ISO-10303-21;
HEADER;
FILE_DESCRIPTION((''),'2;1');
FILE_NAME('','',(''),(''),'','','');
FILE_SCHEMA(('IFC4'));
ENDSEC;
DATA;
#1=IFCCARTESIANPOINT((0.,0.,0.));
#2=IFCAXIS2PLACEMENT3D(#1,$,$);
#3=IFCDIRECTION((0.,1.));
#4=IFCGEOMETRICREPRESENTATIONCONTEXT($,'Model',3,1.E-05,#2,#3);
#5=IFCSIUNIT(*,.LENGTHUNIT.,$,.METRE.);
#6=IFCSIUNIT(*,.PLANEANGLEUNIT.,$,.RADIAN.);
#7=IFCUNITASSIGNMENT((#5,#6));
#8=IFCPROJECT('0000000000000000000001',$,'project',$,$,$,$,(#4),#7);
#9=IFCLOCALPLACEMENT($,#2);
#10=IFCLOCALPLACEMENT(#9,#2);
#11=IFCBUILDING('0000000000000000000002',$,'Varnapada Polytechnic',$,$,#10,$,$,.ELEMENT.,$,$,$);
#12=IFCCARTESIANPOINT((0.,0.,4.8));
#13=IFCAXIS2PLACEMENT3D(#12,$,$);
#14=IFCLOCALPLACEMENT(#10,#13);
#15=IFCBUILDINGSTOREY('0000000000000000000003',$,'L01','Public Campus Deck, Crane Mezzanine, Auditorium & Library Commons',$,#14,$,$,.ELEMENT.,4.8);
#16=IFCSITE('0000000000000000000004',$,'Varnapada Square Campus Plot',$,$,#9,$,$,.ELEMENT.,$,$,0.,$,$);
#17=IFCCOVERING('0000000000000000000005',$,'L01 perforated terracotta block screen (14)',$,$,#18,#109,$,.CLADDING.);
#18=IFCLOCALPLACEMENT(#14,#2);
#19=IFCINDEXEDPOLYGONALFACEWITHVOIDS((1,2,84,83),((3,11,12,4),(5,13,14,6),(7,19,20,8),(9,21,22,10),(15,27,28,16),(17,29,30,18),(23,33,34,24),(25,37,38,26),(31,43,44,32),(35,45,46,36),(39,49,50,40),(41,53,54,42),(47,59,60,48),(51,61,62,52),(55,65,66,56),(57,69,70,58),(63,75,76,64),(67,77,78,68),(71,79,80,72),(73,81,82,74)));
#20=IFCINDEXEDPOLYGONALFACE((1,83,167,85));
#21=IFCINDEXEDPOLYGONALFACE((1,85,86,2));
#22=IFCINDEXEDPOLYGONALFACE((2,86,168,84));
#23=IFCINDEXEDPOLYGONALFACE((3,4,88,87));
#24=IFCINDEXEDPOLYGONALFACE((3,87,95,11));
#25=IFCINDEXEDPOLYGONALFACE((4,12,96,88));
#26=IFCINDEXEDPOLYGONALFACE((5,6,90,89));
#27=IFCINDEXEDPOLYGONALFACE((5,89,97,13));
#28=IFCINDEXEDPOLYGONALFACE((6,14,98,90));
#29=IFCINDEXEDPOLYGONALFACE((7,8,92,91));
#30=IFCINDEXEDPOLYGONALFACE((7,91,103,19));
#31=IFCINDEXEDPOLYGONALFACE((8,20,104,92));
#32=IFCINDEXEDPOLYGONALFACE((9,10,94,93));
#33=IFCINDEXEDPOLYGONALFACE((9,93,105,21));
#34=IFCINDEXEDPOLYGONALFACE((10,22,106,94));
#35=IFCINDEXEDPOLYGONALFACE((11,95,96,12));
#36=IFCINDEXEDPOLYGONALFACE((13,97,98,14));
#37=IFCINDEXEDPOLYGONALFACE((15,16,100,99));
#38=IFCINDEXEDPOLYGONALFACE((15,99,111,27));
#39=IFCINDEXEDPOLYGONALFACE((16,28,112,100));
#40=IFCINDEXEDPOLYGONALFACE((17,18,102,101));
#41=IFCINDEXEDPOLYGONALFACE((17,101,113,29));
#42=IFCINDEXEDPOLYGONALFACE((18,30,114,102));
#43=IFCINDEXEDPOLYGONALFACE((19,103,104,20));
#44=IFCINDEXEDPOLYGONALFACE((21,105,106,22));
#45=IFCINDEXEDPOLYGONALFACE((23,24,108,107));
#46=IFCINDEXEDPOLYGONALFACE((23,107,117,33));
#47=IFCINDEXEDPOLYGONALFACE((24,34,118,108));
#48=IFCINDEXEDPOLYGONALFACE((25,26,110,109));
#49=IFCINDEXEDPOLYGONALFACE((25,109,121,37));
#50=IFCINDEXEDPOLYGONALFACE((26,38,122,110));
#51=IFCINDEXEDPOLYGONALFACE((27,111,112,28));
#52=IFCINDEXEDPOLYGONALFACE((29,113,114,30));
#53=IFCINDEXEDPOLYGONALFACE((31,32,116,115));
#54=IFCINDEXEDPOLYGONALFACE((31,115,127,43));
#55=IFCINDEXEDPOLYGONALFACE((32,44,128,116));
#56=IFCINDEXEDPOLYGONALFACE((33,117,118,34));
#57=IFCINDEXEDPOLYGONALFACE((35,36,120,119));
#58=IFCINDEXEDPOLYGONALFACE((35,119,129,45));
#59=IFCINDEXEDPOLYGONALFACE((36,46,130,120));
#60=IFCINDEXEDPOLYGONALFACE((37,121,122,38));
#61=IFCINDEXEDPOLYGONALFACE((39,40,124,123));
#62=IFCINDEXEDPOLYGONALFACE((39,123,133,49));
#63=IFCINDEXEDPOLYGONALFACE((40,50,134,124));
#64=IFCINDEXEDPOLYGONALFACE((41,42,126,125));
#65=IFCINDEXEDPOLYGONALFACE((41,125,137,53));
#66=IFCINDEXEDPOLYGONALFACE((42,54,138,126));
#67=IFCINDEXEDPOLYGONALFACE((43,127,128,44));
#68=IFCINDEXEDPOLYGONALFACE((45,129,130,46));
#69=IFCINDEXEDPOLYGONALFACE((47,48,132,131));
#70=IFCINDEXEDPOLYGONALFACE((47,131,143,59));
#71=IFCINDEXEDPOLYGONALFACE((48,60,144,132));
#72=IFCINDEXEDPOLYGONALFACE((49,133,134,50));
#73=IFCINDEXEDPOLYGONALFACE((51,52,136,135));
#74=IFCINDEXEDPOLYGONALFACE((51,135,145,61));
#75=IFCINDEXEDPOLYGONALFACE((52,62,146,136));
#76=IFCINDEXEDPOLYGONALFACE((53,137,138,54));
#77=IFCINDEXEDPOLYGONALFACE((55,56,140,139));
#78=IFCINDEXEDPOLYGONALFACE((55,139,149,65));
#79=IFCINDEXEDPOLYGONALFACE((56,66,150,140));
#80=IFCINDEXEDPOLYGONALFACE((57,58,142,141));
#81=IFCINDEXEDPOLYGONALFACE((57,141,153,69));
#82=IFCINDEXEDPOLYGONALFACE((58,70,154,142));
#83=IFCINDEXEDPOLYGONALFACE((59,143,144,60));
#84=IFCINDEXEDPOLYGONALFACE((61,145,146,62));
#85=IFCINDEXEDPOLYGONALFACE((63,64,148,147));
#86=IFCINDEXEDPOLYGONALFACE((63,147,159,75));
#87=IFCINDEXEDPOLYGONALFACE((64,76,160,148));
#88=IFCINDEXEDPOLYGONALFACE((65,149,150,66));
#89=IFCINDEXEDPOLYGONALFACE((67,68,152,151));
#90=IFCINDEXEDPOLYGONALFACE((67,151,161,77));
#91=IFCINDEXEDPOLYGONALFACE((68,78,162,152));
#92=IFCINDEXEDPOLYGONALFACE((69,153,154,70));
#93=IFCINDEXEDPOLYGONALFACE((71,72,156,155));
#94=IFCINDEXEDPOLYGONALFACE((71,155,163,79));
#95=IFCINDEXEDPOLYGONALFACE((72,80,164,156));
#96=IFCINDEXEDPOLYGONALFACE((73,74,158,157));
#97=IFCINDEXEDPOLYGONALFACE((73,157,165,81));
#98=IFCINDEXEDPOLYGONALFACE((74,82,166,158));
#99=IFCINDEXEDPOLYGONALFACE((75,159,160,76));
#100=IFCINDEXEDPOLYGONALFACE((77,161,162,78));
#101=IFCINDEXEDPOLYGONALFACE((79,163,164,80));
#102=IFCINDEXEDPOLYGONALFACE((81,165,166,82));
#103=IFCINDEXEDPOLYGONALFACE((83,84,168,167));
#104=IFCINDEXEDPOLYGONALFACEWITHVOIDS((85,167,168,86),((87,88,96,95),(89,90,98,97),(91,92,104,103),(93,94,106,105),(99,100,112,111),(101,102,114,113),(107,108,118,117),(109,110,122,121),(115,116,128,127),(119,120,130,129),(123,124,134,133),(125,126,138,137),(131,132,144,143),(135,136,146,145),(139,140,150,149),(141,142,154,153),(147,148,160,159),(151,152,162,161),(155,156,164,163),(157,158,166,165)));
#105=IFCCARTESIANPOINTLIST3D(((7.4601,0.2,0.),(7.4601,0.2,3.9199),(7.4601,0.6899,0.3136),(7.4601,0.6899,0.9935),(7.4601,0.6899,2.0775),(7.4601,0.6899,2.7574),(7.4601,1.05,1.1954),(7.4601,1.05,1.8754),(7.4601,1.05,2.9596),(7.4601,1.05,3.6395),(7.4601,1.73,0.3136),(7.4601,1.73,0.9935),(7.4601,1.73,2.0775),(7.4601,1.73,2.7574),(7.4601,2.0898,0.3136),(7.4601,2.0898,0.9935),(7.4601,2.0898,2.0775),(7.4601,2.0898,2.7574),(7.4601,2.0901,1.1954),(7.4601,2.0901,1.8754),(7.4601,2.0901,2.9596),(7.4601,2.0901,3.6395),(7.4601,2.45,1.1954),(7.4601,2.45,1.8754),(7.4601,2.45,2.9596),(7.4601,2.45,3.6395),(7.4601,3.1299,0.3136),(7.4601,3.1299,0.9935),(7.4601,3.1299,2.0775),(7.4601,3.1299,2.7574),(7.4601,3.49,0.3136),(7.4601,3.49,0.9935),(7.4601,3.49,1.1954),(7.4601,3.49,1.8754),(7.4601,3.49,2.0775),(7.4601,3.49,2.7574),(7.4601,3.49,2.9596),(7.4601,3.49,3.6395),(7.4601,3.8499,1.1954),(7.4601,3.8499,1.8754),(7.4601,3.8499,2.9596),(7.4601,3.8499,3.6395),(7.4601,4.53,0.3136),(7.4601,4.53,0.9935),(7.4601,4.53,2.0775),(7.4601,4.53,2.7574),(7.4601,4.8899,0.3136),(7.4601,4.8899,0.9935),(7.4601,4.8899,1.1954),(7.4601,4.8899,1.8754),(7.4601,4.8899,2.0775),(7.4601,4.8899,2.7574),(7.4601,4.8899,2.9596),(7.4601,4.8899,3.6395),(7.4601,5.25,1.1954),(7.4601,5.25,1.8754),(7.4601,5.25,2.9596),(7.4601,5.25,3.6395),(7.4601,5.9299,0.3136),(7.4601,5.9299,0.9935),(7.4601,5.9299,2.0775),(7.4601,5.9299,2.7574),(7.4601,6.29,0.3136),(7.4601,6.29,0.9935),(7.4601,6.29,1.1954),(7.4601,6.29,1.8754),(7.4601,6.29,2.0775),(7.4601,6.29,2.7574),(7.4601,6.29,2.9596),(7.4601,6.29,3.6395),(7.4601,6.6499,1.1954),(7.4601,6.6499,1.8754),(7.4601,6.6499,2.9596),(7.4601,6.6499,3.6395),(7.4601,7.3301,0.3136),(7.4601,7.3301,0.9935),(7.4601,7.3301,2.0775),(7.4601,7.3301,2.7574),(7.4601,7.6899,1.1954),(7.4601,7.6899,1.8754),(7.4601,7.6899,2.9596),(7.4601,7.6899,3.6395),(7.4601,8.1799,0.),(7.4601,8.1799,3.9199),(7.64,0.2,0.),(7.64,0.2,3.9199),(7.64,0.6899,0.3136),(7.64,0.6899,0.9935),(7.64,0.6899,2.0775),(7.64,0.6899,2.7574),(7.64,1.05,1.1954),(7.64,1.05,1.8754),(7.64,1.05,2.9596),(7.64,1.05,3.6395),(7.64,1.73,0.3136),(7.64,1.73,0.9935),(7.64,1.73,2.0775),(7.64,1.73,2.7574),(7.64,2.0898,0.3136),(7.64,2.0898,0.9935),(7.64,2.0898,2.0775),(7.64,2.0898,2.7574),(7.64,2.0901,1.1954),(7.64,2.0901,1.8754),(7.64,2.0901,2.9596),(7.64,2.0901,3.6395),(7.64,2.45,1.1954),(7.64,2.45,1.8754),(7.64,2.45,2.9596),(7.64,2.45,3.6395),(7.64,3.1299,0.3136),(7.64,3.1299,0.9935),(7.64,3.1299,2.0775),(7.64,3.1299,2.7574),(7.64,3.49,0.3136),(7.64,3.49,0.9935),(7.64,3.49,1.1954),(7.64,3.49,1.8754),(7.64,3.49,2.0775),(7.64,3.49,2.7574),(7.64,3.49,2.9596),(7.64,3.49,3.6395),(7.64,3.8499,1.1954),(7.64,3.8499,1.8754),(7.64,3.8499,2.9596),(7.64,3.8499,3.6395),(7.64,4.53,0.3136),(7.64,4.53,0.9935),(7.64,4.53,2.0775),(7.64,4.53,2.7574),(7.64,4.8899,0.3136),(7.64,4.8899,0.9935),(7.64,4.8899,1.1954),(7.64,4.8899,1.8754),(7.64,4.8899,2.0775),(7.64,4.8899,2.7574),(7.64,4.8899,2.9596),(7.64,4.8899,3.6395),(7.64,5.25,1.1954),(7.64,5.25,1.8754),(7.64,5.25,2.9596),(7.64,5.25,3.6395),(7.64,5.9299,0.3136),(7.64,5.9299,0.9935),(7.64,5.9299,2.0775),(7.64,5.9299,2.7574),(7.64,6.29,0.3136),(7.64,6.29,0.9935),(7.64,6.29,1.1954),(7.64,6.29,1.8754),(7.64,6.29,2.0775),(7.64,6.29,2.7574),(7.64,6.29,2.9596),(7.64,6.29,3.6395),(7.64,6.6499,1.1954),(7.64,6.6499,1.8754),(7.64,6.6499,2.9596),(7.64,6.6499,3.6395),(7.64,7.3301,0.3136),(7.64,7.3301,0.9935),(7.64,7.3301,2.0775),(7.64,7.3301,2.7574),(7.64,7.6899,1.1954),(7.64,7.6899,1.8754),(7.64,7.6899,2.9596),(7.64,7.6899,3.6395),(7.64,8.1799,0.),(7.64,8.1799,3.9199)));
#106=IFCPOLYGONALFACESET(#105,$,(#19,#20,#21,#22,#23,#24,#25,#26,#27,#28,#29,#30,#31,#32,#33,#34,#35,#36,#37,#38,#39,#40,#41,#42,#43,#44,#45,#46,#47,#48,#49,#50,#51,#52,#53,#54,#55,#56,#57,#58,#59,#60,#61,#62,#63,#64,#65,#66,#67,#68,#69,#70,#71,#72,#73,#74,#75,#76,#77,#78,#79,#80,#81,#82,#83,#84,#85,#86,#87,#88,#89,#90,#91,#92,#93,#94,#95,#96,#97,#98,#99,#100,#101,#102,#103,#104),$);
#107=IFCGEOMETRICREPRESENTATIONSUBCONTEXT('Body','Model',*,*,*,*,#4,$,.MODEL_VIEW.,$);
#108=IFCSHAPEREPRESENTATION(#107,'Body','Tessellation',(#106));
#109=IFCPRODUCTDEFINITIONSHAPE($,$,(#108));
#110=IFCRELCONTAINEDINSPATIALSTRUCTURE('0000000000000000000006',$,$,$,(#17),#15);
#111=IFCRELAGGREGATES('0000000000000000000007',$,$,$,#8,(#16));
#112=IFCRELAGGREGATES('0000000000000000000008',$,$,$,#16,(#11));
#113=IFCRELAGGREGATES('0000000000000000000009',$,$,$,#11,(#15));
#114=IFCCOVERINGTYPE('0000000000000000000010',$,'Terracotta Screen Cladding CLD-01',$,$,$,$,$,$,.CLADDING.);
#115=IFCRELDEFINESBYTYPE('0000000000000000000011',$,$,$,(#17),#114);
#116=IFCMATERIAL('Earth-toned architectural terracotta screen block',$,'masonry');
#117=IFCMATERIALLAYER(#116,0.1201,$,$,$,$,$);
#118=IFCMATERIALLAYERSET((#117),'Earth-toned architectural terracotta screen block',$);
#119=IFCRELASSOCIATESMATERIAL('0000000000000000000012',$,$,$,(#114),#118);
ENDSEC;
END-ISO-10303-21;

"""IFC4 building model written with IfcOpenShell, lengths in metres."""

from ifc_helpers import new_model, si_unit, direction, frame, frame_2d, origin, place, context, subcontext, project, spatial, rectangle, extrude, material, layer, layer_set, type_object, element, save


model = new_model("IFC4")

# Units and contexts
model_context = context("Model", 3, precision=1e-05, world=origin(), true_north=direction((0.0, 1.0)))
body_context = subcontext(model_context, "Body", "Model", "MODEL_VIEW")
ifc_project = project(units=[si_unit("LENGTHUNIT", "METRE"), si_unit("PLANEANGLEUNIT", "RADIAN")], contexts=[model_context])

# Site, building, storey
site_placement = place(None, origin())
site = spatial("IfcSite", under=ifc_project, at=site_placement, Name="Varnapada Square Campus Plot", CompositionType="ELEMENT", RefElevation=0.0)
building_placement = place(site_placement, origin())
building = spatial("IfcBuilding", under=site, at=building_placement, Name="Varnapada Polytechnic", CompositionType="ELEMENT")
storey_placement = place(building_placement, frame((0.0, 0.0, 4.8)))
storey = spatial("IfcBuildingStorey", under=building, at=storey_placement, Name="L01", Description="Public Campus Deck, Crane Mezzanine, Auditorium & Library Commons", CompositionType="ELEMENT", Elevation=4.8)

# Covering, openings
ifc_material_1 = material(Name="Earth-toned architectural terracotta screen block", Category="masonry")
ifc_layer_1 = layer(ifc_material_1, 0.1201)
ifc_layer_set_1 = layer_set([ifc_layer_1], Name="Earth-toned architectural terracotta screen block")
covering_type = type_object("IfcCoveringType", Name="Terracotta Screen Cladding CLD-01", PredefinedType="CLADDING", material=ifc_layer_set_1)
covering_placement = place(storey_placement, frame((7.55, 0.2, 0.0), z_axis=(0.0, 0.0, 1.0), x_axis=(0.0, 1.0, 0.0)))
covering = element("IfcCovering", 1, at=covering_placement, inside=storey, type_object=covering_type, Name="L01 perforated terracotta block screen (14)", PredefinedType="CLADDING", context=body_context, shape_type="SweptSolid", body=[
    extrude(rectangle(XDim=7.98, YDim=0.1799, at=frame_2d((3.99, 0.0))), origin(), (0.0, 0.0, 1.0), 3.9199),
])
opening_1_placement = place(covering_placement, frame((0.49, 0.0, 0.3137)))
element("IfcOpeningElement", 2, at=opening_1_placement, cuts=covering, PredefinedType="OPENING", context=body_context, shape_type="SweptSolid", body=[
    extrude(rectangle(XDim=1.04, YDim=0.6799, at=frame_2d((0.52, 0.3398))), frame((0.0, 0.0999, 0.0), z_axis=(0.0, -1.0, 0.0), x_axis=(1.0, 0.0, 0.0)), (0.0, 0.0, 1.0), 0.2),
])
opening_2_placement = place(covering_placement, frame((1.8899, 0.0, 0.3137)))
element("IfcOpeningElement", 3, at=opening_2_placement, cuts=covering, PredefinedType="OPENING", context=body_context, shape_type="SweptSolid", body=[
    extrude(rectangle(XDim=1.04, YDim=0.6799, at=frame_2d((0.52, 0.3398))), frame((0.0, 0.0999, 0.0), z_axis=(0.0, -1.0, 0.0), x_axis=(1.0, 0.0, 0.0)), (0.0, 0.0, 1.0), 0.2),
])
opening_3_placement = place(covering_placement, frame((3.29, 0.0, 0.3137)))
element("IfcOpeningElement", 4, at=opening_3_placement, cuts=covering, PredefinedType="OPENING", context=body_context, shape_type="SweptSolid", body=[
    extrude(rectangle(XDim=1.04, YDim=0.6799, at=frame_2d((0.52, 0.3398))), frame((0.0, 0.0999, 0.0), z_axis=(0.0, -1.0, 0.0), x_axis=(1.0, 0.0, 0.0)), (0.0, 0.0, 1.0), 0.2),
])
opening_4_placement = place(covering_placement, frame((4.6899, 0.0, 0.3137)))
element("IfcOpeningElement", 5, at=opening_4_placement, cuts=covering, PredefinedType="OPENING", context=body_context, shape_type="SweptSolid", body=[
    extrude(rectangle(XDim=1.04, YDim=0.6799, at=frame_2d((0.52, 0.3398))), frame((0.0, 0.0999, 0.0), z_axis=(0.0, -1.0, 0.0), x_axis=(1.0, 0.0, 0.0)), (0.0, 0.0, 1.0), 0.2),
])
opening_5_placement = place(covering_placement, frame((6.0901, 0.0, 0.3137)))
element("IfcOpeningElement", 6, at=opening_5_placement, cuts=covering, PredefinedType="OPENING", context=body_context, shape_type="SweptSolid", body=[
    extrude(rectangle(XDim=1.04, YDim=0.6799, at=frame_2d((0.52, 0.3398))), frame((0.0, 0.0999, 0.0), z_axis=(0.0, -1.0, 0.0), x_axis=(1.0, 0.0, 0.0)), (0.0, 0.0, 1.0), 0.2),
])
opening_6_placement = place(covering_placement, frame((0.8501, 0.0, 1.1956)))
element("IfcOpeningElement", 7, at=opening_6_placement, cuts=covering, PredefinedType="OPENING", context=body_context, shape_type="SweptSolid", body=[
    extrude(rectangle(XDim=1.04, YDim=0.6799, at=frame_2d((0.52, 0.3398))), frame((0.0, 0.0999, 0.0), z_axis=(0.0, -1.0, 0.0), x_axis=(1.0, 0.0, 0.0)), (0.0, 0.0, 1.0), 0.2),
])
opening_7_placement = place(covering_placement, frame((2.25, 0.0, 1.1956)))
element("IfcOpeningElement", 8, at=opening_7_placement, cuts=covering, PredefinedType="OPENING", context=body_context, shape_type="SweptSolid", body=[
    extrude(rectangle(XDim=1.04, YDim=0.6799, at=frame_2d((0.52, 0.3398))), frame((0.0, 0.0999, 0.0), z_axis=(0.0, -1.0, 0.0), x_axis=(1.0, 0.0, 0.0)), (0.0, 0.0, 1.0), 0.2),
])
opening_8_placement = place(covering_placement, frame((3.6499, 0.0, 1.1956)))
element("IfcOpeningElement", 9, at=opening_8_placement, cuts=covering, PredefinedType="OPENING", context=body_context, shape_type="SweptSolid", body=[
    extrude(rectangle(XDim=1.04, YDim=0.6799, at=frame_2d((0.52, 0.3398))), frame((0.0, 0.0999, 0.0), z_axis=(0.0, -1.0, 0.0), x_axis=(1.0, 0.0, 0.0)), (0.0, 0.0, 1.0), 0.2),
])
opening_9_placement = place(covering_placement, frame((5.05, 0.0, 1.1956)))
element("IfcOpeningElement", 10, at=opening_9_placement, cuts=covering, PredefinedType="OPENING", context=body_context, shape_type="SweptSolid", body=[
    extrude(rectangle(XDim=1.04, YDim=0.6799, at=frame_2d((0.52, 0.3398))), frame((0.0, 0.0999, 0.0), z_axis=(0.0, -1.0, 0.0), x_axis=(1.0, 0.0, 0.0)), (0.0, 0.0, 1.0), 0.2),
])
opening_10_placement = place(covering_placement, frame((6.45, 0.0, 1.1956)))
element("IfcOpeningElement", 11, at=opening_10_placement, cuts=covering, PredefinedType="OPENING", context=body_context, shape_type="SweptSolid", body=[
    extrude(rectangle(XDim=1.04, YDim=0.6799, at=frame_2d((0.52, 0.3398))), frame((0.0, 0.0999, 0.0), z_axis=(0.0, -1.0, 0.0), x_axis=(1.0, 0.0, 0.0)), (0.0, 0.0, 1.0), 0.2),
])
opening_11_placement = place(covering_placement, frame((0.49, 0.0, 2.0776)))
element("IfcOpeningElement", 12, at=opening_11_placement, cuts=covering, PredefinedType="OPENING", context=body_context, shape_type="SweptSolid", body=[
    extrude(rectangle(XDim=1.04, YDim=0.6799, at=frame_2d((0.52, 0.3398))), frame((0.0, 0.0999, 0.0), z_axis=(0.0, -1.0, 0.0), x_axis=(1.0, 0.0, 0.0)), (0.0, 0.0, 1.0), 0.2),
])
opening_12_placement = place(covering_placement, frame((1.8899, 0.0, 2.0776)))
element("IfcOpeningElement", 13, at=opening_12_placement, cuts=covering, PredefinedType="OPENING", context=body_context, shape_type="SweptSolid", body=[
    extrude(rectangle(XDim=1.04, YDim=0.6799, at=frame_2d((0.52, 0.3398))), frame((0.0, 0.0999, 0.0), z_axis=(0.0, -1.0, 0.0), x_axis=(1.0, 0.0, 0.0)), (0.0, 0.0, 1.0), 0.2),
])
opening_13_placement = place(covering_placement, frame((3.29, 0.0, 2.0776)))
element("IfcOpeningElement", 14, at=opening_13_placement, cuts=covering, PredefinedType="OPENING", context=body_context, shape_type="SweptSolid", body=[
    extrude(rectangle(XDim=1.04, YDim=0.6799, at=frame_2d((0.52, 0.3398))), frame((0.0, 0.0999, 0.0), z_axis=(0.0, -1.0, 0.0), x_axis=(1.0, 0.0, 0.0)), (0.0, 0.0, 1.0), 0.2),
])
opening_14_placement = place(covering_placement, frame((4.6899, 0.0, 2.0776)))
element("IfcOpeningElement", 15, at=opening_14_placement, cuts=covering, PredefinedType="OPENING", context=body_context, shape_type="SweptSolid", body=[
    extrude(rectangle(XDim=1.04, YDim=0.6799, at=frame_2d((0.52, 0.3398))), frame((0.0, 0.0999, 0.0), z_axis=(0.0, -1.0, 0.0), x_axis=(1.0, 0.0, 0.0)), (0.0, 0.0, 1.0), 0.2),
])
opening_15_placement = place(covering_placement, frame((6.0901, 0.0, 2.0776)))
element("IfcOpeningElement", 16, at=opening_15_placement, cuts=covering, PredefinedType="OPENING", context=body_context, shape_type="SweptSolid", body=[
    extrude(rectangle(XDim=1.04, YDim=0.6799, at=frame_2d((0.52, 0.3398))), frame((0.0, 0.0999, 0.0), z_axis=(0.0, -1.0, 0.0), x_axis=(1.0, 0.0, 0.0)), (0.0, 0.0, 1.0), 0.2),
])
opening_16_placement = place(covering_placement, frame((0.8501, 0.0, 2.9597)))
element("IfcOpeningElement", 17, at=opening_16_placement, cuts=covering, PredefinedType="OPENING", context=body_context, shape_type="SweptSolid", body=[
    extrude(rectangle(XDim=1.04, YDim=0.6799, at=frame_2d((0.52, 0.3398))), frame((0.0, 0.0999, 0.0), z_axis=(0.0, -1.0, 0.0), x_axis=(1.0, 0.0, 0.0)), (0.0, 0.0, 1.0), 0.2),
])
opening_17_placement = place(covering_placement, frame((2.25, 0.0, 2.9597)))
element("IfcOpeningElement", 18, at=opening_17_placement, cuts=covering, PredefinedType="OPENING", context=body_context, shape_type="SweptSolid", body=[
    extrude(rectangle(XDim=1.04, YDim=0.6799, at=frame_2d((0.52, 0.3398))), frame((0.0, 0.0999, 0.0), z_axis=(0.0, -1.0, 0.0), x_axis=(1.0, 0.0, 0.0)), (0.0, 0.0, 1.0), 0.2),
])
opening_18_placement = place(covering_placement, frame((3.6499, 0.0, 2.9597)))
element("IfcOpeningElement", 19, at=opening_18_placement, cuts=covering, PredefinedType="OPENING", context=body_context, shape_type="SweptSolid", body=[
    extrude(rectangle(XDim=1.04, YDim=0.6799, at=frame_2d((0.52, 0.3398))), frame((0.0, 0.0999, 0.0), z_axis=(0.0, -1.0, 0.0), x_axis=(1.0, 0.0, 0.0)), (0.0, 0.0, 1.0), 0.2),
])
opening_19_placement = place(covering_placement, frame((5.05, 0.0, 2.9597)))
element("IfcOpeningElement", 20, at=opening_19_placement, cuts=covering, PredefinedType="OPENING", context=body_context, shape_type="SweptSolid", body=[
    extrude(rectangle(XDim=1.04, YDim=0.6799, at=frame_2d((0.52, 0.3398))), frame((0.0, 0.0999, 0.0), z_axis=(0.0, -1.0, 0.0), x_axis=(1.0, 0.0, 0.0)), (0.0, 0.0, 1.0), 0.2),
])
opening_20_placement = place(covering_placement, frame((6.45, 0.0, 2.9597)))
element("IfcOpeningElement", 21, at=opening_20_placement, cuts=covering, PredefinedType="OPENING", context=body_context, shape_type="SweptSolid", body=[
    extrude(rectangle(XDim=1.04, YDim=0.6799, at=frame_2d((0.52, 0.3398))), frame((0.0, 0.0999, 0.0), z_axis=(0.0, -1.0, 0.0), x_axis=(1.0, 0.0, 0.0)), (0.0, 0.0, 1.0), 0.2),
])

save(model, "model.ifc")
